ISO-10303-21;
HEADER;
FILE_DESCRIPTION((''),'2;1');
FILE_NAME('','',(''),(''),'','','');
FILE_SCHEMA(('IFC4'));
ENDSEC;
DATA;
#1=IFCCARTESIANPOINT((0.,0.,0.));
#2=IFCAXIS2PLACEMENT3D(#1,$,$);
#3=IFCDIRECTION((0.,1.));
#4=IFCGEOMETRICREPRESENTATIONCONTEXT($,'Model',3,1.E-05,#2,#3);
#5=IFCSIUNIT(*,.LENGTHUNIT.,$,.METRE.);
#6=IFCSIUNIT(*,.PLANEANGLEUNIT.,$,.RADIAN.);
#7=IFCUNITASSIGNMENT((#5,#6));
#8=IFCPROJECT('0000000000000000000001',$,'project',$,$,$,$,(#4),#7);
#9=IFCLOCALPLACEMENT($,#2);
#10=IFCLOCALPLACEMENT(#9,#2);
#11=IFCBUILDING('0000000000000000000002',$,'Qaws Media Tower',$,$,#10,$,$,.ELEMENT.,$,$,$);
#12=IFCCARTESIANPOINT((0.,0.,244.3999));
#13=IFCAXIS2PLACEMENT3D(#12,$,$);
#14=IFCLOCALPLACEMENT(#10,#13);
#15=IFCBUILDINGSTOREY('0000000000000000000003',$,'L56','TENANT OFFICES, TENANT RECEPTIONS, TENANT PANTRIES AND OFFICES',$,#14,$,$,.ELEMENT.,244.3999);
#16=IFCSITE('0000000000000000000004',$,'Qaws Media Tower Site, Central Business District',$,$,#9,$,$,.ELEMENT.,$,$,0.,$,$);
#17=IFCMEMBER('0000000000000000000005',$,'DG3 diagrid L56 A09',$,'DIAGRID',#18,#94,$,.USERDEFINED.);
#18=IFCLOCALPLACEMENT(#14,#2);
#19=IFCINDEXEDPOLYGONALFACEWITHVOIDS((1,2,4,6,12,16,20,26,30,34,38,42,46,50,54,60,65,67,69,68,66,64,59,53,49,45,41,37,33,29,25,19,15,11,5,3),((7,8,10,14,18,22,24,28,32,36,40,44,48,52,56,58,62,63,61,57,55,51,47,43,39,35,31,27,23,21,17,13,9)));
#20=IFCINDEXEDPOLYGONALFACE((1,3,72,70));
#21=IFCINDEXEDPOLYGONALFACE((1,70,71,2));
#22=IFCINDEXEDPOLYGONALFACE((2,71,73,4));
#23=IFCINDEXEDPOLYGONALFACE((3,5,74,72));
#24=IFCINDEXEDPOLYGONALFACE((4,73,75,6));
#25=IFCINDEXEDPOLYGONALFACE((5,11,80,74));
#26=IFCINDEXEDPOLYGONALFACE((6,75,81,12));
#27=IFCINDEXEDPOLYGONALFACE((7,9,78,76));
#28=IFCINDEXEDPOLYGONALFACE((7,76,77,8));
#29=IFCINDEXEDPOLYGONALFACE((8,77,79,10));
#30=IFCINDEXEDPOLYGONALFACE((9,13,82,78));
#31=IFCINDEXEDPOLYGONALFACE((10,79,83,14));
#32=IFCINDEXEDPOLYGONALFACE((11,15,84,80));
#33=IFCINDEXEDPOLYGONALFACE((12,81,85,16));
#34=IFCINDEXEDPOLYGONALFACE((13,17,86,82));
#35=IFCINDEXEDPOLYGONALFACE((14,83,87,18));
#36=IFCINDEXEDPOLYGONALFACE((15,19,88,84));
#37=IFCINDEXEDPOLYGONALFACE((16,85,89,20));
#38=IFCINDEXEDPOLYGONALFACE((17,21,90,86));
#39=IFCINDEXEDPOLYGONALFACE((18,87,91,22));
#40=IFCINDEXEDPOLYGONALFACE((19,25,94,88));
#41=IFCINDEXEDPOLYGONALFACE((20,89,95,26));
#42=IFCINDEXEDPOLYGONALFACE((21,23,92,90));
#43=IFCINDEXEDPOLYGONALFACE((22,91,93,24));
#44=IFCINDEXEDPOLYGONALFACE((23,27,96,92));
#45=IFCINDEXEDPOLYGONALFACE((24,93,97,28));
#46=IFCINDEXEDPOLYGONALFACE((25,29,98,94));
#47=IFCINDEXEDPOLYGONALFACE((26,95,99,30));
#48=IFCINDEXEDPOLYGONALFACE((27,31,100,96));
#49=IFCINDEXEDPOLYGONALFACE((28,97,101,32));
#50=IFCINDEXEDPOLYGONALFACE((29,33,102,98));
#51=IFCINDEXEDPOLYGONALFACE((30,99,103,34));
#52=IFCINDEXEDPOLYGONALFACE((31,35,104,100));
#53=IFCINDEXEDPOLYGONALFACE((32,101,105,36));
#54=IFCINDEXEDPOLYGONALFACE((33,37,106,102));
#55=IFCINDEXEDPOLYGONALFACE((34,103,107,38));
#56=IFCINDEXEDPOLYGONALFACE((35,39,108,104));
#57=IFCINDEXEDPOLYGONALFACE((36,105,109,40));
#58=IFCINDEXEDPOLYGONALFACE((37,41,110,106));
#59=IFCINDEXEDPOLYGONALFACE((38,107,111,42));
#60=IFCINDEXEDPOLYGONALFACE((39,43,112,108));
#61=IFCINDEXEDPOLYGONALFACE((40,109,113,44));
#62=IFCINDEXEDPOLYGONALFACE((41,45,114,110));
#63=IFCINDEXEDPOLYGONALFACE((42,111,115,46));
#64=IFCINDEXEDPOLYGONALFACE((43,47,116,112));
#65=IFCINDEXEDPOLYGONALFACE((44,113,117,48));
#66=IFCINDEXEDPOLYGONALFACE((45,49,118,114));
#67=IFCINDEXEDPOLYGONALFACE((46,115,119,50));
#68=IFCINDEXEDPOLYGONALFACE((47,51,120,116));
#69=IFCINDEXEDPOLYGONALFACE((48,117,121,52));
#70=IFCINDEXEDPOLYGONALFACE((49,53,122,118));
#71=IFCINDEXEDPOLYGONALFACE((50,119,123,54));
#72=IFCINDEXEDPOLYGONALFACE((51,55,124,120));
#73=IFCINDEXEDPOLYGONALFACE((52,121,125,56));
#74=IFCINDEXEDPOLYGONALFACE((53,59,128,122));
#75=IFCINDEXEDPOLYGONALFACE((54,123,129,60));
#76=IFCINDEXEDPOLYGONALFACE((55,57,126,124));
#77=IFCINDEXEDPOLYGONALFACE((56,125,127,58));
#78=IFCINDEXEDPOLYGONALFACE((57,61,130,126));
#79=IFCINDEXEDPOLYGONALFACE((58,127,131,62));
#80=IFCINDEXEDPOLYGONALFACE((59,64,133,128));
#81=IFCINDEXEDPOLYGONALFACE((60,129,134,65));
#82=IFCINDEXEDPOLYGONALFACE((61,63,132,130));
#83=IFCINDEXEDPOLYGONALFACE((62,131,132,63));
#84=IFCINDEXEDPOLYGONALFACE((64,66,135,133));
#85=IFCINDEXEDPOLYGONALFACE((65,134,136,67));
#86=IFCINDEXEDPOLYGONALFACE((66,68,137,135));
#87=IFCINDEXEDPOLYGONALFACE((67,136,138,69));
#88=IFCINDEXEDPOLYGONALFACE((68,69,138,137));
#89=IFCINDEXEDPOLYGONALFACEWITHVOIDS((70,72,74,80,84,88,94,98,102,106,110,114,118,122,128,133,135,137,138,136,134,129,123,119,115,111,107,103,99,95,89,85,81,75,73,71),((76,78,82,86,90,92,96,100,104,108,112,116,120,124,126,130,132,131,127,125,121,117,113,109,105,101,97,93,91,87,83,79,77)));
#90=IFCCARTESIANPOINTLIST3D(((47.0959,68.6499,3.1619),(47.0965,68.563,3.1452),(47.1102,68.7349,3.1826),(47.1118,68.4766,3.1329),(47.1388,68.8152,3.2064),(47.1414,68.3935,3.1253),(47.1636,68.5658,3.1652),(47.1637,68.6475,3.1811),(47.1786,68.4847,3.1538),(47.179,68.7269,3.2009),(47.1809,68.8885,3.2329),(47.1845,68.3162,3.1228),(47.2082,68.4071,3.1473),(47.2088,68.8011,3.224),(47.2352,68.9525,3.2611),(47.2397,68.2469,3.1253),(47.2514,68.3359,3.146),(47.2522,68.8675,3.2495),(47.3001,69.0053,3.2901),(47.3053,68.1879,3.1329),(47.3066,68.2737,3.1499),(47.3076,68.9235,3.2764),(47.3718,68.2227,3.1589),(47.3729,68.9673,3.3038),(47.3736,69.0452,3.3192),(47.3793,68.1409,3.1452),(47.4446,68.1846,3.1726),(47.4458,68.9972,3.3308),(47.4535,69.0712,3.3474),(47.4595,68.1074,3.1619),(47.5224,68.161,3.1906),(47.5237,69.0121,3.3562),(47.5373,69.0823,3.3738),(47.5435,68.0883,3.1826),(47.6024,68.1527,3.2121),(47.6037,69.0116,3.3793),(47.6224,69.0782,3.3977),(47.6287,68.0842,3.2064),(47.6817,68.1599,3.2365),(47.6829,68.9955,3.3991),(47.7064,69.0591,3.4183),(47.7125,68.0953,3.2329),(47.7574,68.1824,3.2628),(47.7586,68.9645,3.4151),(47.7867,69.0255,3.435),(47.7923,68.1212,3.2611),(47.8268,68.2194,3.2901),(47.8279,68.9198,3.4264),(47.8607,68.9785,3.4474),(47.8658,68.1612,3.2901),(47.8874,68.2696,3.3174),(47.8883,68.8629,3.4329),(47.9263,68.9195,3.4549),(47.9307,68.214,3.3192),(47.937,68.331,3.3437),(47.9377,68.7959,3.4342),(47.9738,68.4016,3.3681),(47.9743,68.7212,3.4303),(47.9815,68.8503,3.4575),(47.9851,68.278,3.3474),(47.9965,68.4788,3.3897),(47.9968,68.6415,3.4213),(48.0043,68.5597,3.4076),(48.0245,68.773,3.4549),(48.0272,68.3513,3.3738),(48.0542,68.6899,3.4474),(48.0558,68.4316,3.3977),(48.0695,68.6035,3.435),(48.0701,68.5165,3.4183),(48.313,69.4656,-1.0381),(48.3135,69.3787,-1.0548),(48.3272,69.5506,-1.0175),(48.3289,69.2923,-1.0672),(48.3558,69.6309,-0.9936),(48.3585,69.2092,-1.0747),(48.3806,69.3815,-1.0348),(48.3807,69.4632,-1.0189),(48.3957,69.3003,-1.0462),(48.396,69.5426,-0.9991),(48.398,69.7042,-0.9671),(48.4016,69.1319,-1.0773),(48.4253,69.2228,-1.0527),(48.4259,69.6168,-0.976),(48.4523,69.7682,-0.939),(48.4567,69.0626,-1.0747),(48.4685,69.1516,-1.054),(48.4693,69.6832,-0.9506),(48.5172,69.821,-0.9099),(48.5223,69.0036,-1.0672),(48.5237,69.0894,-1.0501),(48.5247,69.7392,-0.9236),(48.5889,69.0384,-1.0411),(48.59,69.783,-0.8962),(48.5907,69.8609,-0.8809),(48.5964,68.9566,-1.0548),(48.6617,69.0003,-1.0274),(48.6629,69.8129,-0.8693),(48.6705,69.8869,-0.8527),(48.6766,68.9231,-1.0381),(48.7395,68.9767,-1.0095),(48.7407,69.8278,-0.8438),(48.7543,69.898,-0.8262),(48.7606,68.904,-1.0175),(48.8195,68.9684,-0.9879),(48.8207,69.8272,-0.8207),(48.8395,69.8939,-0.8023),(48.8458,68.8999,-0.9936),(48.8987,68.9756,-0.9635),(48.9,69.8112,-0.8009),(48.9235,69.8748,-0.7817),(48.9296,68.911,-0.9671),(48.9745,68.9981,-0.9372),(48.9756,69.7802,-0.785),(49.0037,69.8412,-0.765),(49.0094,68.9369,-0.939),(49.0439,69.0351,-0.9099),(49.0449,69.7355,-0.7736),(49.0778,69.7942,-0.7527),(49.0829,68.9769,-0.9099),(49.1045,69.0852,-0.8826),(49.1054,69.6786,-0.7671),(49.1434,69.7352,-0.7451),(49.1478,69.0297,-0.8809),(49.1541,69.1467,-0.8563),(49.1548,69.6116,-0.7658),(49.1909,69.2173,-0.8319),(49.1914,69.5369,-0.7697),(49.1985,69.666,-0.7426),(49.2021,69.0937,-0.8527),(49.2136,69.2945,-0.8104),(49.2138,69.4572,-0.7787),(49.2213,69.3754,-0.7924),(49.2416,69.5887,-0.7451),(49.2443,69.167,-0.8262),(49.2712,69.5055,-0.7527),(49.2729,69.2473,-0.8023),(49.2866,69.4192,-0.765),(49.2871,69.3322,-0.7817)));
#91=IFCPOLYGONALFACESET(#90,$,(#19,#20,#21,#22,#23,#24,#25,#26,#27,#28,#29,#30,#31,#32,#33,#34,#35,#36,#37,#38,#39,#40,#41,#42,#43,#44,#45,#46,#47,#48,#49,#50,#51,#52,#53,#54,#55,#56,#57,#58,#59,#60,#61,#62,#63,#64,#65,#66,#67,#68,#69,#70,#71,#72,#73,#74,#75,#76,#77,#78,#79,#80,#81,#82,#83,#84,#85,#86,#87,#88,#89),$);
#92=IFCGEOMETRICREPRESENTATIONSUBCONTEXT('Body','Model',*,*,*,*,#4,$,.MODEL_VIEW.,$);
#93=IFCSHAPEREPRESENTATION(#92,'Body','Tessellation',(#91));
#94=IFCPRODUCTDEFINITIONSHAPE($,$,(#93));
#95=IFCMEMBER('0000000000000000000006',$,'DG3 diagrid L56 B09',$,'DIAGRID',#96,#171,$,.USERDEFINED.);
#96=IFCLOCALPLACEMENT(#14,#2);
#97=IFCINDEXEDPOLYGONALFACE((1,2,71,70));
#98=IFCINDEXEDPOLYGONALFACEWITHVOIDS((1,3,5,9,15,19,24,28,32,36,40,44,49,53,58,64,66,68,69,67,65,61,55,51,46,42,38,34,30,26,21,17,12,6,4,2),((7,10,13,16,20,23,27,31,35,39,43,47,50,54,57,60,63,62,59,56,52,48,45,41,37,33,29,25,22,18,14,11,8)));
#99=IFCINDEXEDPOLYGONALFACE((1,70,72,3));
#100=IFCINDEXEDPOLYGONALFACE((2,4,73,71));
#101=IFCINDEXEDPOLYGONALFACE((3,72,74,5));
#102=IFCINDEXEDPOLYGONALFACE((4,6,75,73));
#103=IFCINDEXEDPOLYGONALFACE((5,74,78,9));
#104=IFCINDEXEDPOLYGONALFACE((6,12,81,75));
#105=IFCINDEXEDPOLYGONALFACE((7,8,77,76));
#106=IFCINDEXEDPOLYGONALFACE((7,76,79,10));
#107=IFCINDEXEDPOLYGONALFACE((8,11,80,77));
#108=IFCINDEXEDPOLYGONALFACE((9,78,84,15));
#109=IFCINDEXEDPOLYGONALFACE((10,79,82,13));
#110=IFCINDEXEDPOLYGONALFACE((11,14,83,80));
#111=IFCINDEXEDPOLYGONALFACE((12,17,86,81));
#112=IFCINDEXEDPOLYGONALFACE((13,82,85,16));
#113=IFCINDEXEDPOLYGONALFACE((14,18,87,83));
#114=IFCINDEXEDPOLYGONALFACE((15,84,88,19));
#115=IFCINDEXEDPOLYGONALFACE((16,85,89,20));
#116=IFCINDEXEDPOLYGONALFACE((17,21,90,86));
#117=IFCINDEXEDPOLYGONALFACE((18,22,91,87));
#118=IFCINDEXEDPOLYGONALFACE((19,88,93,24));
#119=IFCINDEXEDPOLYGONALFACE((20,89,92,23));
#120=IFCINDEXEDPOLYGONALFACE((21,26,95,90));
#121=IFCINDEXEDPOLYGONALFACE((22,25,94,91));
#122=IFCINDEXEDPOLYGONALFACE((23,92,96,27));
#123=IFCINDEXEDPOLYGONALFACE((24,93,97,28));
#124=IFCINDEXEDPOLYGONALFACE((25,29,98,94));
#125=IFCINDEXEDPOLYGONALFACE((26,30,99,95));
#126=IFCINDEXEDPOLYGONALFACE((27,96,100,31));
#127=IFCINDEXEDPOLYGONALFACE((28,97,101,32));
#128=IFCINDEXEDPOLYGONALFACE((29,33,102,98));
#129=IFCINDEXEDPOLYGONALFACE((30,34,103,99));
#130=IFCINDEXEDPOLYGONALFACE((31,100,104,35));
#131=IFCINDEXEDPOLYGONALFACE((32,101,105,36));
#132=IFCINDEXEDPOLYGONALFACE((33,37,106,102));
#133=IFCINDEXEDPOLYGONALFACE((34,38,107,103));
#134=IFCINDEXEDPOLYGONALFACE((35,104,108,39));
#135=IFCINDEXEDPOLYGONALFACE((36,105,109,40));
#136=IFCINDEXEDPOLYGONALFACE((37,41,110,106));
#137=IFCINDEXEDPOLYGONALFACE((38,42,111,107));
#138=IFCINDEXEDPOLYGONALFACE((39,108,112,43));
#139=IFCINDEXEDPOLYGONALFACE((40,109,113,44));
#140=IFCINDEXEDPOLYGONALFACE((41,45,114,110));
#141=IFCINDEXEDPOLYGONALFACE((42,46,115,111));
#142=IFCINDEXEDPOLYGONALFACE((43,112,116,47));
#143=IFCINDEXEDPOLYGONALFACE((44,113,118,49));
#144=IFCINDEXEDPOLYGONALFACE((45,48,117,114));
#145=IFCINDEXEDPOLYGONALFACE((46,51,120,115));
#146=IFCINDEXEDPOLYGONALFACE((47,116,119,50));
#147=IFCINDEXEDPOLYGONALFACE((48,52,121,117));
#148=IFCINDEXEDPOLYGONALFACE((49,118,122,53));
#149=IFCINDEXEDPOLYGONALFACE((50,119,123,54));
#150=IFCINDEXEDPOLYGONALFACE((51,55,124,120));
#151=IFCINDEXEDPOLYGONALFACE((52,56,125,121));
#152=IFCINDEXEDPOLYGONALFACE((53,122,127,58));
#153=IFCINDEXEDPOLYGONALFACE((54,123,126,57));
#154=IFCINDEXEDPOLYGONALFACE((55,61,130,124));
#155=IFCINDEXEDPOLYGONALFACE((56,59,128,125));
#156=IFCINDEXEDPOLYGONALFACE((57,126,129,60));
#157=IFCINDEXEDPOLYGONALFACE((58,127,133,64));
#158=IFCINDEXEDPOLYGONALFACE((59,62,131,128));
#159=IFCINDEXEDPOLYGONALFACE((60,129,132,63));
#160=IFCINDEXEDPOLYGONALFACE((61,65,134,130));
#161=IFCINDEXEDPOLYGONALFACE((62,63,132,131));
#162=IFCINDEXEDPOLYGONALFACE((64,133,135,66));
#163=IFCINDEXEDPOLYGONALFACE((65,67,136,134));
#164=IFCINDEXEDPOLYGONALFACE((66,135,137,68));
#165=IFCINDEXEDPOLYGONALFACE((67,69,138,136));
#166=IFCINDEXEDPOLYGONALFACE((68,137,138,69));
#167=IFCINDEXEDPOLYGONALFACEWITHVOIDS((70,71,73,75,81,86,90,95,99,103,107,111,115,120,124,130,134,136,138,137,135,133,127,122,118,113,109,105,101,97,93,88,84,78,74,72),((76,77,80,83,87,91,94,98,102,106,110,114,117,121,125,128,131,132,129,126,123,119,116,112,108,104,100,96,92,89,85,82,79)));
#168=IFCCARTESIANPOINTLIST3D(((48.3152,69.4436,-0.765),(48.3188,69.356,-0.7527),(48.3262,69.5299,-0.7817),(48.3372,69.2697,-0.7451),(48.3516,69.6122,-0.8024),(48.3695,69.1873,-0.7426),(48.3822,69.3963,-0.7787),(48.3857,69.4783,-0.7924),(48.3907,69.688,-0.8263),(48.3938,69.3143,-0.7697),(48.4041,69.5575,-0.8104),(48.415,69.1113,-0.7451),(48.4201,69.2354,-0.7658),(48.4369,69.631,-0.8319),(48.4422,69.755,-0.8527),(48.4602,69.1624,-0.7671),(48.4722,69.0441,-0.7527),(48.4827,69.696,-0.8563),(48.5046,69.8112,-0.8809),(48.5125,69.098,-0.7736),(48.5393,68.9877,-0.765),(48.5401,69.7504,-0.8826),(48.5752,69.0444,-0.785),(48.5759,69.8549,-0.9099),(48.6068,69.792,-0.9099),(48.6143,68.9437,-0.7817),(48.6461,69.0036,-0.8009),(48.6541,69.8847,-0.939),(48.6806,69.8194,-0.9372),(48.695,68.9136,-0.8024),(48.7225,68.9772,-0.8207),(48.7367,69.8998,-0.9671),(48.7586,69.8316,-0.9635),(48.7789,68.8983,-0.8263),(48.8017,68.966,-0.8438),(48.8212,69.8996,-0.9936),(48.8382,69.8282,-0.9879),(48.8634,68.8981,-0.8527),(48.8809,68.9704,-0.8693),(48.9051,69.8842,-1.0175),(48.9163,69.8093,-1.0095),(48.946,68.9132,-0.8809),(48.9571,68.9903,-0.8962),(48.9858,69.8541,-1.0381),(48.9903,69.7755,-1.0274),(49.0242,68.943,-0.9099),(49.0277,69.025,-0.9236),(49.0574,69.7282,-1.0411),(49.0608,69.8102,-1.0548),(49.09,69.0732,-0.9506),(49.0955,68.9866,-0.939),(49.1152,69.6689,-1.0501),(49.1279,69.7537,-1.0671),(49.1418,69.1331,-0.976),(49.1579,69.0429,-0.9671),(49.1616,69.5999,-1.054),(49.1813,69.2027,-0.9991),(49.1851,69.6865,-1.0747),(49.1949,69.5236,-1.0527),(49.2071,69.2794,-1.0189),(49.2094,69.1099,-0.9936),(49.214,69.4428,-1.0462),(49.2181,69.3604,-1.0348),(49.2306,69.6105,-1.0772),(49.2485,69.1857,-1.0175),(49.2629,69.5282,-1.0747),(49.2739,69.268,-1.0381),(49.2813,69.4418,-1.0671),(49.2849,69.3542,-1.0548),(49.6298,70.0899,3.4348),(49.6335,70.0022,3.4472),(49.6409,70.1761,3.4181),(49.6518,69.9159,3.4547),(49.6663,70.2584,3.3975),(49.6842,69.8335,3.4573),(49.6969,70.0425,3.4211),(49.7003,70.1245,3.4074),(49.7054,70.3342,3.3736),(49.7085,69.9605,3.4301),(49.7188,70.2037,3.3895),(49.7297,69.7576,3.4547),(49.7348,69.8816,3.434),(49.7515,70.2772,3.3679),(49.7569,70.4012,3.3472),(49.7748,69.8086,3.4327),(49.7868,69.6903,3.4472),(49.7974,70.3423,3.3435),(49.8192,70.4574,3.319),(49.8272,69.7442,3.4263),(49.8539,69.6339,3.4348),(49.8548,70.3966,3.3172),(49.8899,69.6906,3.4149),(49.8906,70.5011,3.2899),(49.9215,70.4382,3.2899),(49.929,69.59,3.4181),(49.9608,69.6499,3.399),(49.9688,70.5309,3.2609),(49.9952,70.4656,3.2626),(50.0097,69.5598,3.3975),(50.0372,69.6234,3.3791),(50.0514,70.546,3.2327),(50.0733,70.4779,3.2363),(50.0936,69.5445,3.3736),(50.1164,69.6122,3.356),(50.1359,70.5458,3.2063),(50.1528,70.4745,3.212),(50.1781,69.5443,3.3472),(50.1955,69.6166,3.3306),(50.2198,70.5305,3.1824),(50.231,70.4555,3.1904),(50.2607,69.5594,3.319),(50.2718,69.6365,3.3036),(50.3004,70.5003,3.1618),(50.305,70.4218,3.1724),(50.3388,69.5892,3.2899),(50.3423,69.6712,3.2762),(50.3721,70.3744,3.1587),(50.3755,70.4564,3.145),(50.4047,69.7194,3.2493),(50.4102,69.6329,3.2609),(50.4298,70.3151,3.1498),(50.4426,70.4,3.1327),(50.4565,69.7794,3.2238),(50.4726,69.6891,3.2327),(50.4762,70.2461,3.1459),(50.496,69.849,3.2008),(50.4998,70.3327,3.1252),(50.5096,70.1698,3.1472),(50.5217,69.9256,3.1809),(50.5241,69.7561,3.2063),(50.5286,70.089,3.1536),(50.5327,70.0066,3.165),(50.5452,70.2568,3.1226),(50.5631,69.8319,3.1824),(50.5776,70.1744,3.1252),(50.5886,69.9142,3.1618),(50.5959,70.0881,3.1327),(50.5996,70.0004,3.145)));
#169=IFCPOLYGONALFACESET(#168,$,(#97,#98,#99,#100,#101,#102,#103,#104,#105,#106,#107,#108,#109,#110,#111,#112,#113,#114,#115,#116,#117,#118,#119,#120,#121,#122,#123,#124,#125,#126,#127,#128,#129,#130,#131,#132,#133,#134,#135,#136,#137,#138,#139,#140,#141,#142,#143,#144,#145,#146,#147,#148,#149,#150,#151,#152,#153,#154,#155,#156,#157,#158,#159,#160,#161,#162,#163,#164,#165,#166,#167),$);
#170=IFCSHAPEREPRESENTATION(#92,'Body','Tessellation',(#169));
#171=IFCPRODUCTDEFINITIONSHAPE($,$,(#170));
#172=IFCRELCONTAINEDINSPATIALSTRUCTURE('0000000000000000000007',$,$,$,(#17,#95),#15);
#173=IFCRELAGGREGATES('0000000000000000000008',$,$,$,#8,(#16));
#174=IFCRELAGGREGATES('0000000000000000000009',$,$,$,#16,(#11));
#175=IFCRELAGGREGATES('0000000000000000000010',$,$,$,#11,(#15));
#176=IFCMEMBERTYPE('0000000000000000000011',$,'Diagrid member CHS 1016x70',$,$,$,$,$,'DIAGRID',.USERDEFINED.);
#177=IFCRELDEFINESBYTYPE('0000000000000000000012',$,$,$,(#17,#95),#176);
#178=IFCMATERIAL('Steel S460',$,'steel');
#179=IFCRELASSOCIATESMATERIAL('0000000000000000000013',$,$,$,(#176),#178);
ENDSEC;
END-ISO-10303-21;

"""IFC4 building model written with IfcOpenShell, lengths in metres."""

from ifc_helpers import new_model, si_unit, direction, frame, origin, origin_2d, place, context, subcontext, project, spatial, hollow_circle, extrude, material, material_profile, profile_set, type_object, element, save


model = new_model("IFC4")

# Units and contexts
model_context = context("Model", 3, precision=1e-05, world=origin(), true_north=direction((0.0, 1.0)))
body_context = subcontext(model_context, "Body", "Model", "MODEL_VIEW")
ifc_project = project(units=[si_unit("LENGTHUNIT", "METRE"), si_unit("PLANEANGLEUNIT", "RADIAN")], contexts=[model_context])

# Site, building, storey
site_placement = place(None, origin())
site = spatial("IfcSite", under=ifc_project, at=site_placement, Name="Qaws Media Tower Site, Central Business District", CompositionType="ELEMENT", RefElevation=0.0)
building_placement = place(site_placement, origin())
building = spatial("IfcBuilding", under=site, at=building_placement, Name="Qaws Media Tower", CompositionType="ELEMENT")
storey_placement = place(building_placement, frame((0.0, 0.0, 244.3999)))
storey = spatial("IfcBuildingStorey", under=building, at=storey_placement, Name="L56", Description="TENANT OFFICES, TENANT RECEPTIONS, TENANT PANTRIES AND OFFICES", CompositionType="ELEMENT", Elevation=244.3999)

# Members
ifc_material_1 = material(Name="Steel S460", Category="steel")
ifc_material_profile_1 = material_profile(ifc_material_1, hollow_circle(Radius=0.5081, WallThickness=0.0701, at=origin_2d()), Name="CHS 1016x70")
ifc_profile_set_1 = profile_set([ifc_material_profile_1], Name="Steel S460")
member_type_1 = type_object("IfcMemberType", Name="Diagrid member CHS 1016x70", ElementType="DIAGRID", PredefinedType="USERDEFINED", material=ifc_profile_set_1)
for number, where, z_axis, x_axis, name in (
    (1, (48.8, 69.3989, -0.9099), (-0.273606, -0.183373, 0.9442), (0.556737, -0.830689, 0.0), "DG3 diagrid L56 A09"),
):
    element("IfcMember", number, at=place(storey_placement, frame(where, z_axis=z_axis, x_axis=x_axis)), inside=storey, type_object=member_type_1, Name=name, ObjectType="DIAGRID", PredefinedType="USERDEFINED", context=body_context, shape_type="SweptSolid", body=[
        extrude(hollow_circle(Radius=0.5081, WallThickness=0.0701, at=origin_2d()), origin(), (0.0, 0.0, 1.0), 4.4482),
    ])
member_1_placement = place(storey_placement, frame((48.8, 69.3989, -0.9099), z_axis=(0.295563, 0.145284, 0.944211), x_axis=(-0.441137, 0.89744, 0.0)))
element("IfcMember", 2, at=member_1_placement, inside=storey, type_object=member_type_1, Name="DG3 diagrid L56 B09", ObjectType="DIAGRID", PredefinedType="USERDEFINED", context=body_context, shape_type="SweptSolid", body=[
    extrude(hollow_circle(Radius=0.5081, WallThickness=0.0701, at=origin_2d()), origin(), (0.0, 0.0, 1.0), 4.448),
])

save(model, "model.ifc")
